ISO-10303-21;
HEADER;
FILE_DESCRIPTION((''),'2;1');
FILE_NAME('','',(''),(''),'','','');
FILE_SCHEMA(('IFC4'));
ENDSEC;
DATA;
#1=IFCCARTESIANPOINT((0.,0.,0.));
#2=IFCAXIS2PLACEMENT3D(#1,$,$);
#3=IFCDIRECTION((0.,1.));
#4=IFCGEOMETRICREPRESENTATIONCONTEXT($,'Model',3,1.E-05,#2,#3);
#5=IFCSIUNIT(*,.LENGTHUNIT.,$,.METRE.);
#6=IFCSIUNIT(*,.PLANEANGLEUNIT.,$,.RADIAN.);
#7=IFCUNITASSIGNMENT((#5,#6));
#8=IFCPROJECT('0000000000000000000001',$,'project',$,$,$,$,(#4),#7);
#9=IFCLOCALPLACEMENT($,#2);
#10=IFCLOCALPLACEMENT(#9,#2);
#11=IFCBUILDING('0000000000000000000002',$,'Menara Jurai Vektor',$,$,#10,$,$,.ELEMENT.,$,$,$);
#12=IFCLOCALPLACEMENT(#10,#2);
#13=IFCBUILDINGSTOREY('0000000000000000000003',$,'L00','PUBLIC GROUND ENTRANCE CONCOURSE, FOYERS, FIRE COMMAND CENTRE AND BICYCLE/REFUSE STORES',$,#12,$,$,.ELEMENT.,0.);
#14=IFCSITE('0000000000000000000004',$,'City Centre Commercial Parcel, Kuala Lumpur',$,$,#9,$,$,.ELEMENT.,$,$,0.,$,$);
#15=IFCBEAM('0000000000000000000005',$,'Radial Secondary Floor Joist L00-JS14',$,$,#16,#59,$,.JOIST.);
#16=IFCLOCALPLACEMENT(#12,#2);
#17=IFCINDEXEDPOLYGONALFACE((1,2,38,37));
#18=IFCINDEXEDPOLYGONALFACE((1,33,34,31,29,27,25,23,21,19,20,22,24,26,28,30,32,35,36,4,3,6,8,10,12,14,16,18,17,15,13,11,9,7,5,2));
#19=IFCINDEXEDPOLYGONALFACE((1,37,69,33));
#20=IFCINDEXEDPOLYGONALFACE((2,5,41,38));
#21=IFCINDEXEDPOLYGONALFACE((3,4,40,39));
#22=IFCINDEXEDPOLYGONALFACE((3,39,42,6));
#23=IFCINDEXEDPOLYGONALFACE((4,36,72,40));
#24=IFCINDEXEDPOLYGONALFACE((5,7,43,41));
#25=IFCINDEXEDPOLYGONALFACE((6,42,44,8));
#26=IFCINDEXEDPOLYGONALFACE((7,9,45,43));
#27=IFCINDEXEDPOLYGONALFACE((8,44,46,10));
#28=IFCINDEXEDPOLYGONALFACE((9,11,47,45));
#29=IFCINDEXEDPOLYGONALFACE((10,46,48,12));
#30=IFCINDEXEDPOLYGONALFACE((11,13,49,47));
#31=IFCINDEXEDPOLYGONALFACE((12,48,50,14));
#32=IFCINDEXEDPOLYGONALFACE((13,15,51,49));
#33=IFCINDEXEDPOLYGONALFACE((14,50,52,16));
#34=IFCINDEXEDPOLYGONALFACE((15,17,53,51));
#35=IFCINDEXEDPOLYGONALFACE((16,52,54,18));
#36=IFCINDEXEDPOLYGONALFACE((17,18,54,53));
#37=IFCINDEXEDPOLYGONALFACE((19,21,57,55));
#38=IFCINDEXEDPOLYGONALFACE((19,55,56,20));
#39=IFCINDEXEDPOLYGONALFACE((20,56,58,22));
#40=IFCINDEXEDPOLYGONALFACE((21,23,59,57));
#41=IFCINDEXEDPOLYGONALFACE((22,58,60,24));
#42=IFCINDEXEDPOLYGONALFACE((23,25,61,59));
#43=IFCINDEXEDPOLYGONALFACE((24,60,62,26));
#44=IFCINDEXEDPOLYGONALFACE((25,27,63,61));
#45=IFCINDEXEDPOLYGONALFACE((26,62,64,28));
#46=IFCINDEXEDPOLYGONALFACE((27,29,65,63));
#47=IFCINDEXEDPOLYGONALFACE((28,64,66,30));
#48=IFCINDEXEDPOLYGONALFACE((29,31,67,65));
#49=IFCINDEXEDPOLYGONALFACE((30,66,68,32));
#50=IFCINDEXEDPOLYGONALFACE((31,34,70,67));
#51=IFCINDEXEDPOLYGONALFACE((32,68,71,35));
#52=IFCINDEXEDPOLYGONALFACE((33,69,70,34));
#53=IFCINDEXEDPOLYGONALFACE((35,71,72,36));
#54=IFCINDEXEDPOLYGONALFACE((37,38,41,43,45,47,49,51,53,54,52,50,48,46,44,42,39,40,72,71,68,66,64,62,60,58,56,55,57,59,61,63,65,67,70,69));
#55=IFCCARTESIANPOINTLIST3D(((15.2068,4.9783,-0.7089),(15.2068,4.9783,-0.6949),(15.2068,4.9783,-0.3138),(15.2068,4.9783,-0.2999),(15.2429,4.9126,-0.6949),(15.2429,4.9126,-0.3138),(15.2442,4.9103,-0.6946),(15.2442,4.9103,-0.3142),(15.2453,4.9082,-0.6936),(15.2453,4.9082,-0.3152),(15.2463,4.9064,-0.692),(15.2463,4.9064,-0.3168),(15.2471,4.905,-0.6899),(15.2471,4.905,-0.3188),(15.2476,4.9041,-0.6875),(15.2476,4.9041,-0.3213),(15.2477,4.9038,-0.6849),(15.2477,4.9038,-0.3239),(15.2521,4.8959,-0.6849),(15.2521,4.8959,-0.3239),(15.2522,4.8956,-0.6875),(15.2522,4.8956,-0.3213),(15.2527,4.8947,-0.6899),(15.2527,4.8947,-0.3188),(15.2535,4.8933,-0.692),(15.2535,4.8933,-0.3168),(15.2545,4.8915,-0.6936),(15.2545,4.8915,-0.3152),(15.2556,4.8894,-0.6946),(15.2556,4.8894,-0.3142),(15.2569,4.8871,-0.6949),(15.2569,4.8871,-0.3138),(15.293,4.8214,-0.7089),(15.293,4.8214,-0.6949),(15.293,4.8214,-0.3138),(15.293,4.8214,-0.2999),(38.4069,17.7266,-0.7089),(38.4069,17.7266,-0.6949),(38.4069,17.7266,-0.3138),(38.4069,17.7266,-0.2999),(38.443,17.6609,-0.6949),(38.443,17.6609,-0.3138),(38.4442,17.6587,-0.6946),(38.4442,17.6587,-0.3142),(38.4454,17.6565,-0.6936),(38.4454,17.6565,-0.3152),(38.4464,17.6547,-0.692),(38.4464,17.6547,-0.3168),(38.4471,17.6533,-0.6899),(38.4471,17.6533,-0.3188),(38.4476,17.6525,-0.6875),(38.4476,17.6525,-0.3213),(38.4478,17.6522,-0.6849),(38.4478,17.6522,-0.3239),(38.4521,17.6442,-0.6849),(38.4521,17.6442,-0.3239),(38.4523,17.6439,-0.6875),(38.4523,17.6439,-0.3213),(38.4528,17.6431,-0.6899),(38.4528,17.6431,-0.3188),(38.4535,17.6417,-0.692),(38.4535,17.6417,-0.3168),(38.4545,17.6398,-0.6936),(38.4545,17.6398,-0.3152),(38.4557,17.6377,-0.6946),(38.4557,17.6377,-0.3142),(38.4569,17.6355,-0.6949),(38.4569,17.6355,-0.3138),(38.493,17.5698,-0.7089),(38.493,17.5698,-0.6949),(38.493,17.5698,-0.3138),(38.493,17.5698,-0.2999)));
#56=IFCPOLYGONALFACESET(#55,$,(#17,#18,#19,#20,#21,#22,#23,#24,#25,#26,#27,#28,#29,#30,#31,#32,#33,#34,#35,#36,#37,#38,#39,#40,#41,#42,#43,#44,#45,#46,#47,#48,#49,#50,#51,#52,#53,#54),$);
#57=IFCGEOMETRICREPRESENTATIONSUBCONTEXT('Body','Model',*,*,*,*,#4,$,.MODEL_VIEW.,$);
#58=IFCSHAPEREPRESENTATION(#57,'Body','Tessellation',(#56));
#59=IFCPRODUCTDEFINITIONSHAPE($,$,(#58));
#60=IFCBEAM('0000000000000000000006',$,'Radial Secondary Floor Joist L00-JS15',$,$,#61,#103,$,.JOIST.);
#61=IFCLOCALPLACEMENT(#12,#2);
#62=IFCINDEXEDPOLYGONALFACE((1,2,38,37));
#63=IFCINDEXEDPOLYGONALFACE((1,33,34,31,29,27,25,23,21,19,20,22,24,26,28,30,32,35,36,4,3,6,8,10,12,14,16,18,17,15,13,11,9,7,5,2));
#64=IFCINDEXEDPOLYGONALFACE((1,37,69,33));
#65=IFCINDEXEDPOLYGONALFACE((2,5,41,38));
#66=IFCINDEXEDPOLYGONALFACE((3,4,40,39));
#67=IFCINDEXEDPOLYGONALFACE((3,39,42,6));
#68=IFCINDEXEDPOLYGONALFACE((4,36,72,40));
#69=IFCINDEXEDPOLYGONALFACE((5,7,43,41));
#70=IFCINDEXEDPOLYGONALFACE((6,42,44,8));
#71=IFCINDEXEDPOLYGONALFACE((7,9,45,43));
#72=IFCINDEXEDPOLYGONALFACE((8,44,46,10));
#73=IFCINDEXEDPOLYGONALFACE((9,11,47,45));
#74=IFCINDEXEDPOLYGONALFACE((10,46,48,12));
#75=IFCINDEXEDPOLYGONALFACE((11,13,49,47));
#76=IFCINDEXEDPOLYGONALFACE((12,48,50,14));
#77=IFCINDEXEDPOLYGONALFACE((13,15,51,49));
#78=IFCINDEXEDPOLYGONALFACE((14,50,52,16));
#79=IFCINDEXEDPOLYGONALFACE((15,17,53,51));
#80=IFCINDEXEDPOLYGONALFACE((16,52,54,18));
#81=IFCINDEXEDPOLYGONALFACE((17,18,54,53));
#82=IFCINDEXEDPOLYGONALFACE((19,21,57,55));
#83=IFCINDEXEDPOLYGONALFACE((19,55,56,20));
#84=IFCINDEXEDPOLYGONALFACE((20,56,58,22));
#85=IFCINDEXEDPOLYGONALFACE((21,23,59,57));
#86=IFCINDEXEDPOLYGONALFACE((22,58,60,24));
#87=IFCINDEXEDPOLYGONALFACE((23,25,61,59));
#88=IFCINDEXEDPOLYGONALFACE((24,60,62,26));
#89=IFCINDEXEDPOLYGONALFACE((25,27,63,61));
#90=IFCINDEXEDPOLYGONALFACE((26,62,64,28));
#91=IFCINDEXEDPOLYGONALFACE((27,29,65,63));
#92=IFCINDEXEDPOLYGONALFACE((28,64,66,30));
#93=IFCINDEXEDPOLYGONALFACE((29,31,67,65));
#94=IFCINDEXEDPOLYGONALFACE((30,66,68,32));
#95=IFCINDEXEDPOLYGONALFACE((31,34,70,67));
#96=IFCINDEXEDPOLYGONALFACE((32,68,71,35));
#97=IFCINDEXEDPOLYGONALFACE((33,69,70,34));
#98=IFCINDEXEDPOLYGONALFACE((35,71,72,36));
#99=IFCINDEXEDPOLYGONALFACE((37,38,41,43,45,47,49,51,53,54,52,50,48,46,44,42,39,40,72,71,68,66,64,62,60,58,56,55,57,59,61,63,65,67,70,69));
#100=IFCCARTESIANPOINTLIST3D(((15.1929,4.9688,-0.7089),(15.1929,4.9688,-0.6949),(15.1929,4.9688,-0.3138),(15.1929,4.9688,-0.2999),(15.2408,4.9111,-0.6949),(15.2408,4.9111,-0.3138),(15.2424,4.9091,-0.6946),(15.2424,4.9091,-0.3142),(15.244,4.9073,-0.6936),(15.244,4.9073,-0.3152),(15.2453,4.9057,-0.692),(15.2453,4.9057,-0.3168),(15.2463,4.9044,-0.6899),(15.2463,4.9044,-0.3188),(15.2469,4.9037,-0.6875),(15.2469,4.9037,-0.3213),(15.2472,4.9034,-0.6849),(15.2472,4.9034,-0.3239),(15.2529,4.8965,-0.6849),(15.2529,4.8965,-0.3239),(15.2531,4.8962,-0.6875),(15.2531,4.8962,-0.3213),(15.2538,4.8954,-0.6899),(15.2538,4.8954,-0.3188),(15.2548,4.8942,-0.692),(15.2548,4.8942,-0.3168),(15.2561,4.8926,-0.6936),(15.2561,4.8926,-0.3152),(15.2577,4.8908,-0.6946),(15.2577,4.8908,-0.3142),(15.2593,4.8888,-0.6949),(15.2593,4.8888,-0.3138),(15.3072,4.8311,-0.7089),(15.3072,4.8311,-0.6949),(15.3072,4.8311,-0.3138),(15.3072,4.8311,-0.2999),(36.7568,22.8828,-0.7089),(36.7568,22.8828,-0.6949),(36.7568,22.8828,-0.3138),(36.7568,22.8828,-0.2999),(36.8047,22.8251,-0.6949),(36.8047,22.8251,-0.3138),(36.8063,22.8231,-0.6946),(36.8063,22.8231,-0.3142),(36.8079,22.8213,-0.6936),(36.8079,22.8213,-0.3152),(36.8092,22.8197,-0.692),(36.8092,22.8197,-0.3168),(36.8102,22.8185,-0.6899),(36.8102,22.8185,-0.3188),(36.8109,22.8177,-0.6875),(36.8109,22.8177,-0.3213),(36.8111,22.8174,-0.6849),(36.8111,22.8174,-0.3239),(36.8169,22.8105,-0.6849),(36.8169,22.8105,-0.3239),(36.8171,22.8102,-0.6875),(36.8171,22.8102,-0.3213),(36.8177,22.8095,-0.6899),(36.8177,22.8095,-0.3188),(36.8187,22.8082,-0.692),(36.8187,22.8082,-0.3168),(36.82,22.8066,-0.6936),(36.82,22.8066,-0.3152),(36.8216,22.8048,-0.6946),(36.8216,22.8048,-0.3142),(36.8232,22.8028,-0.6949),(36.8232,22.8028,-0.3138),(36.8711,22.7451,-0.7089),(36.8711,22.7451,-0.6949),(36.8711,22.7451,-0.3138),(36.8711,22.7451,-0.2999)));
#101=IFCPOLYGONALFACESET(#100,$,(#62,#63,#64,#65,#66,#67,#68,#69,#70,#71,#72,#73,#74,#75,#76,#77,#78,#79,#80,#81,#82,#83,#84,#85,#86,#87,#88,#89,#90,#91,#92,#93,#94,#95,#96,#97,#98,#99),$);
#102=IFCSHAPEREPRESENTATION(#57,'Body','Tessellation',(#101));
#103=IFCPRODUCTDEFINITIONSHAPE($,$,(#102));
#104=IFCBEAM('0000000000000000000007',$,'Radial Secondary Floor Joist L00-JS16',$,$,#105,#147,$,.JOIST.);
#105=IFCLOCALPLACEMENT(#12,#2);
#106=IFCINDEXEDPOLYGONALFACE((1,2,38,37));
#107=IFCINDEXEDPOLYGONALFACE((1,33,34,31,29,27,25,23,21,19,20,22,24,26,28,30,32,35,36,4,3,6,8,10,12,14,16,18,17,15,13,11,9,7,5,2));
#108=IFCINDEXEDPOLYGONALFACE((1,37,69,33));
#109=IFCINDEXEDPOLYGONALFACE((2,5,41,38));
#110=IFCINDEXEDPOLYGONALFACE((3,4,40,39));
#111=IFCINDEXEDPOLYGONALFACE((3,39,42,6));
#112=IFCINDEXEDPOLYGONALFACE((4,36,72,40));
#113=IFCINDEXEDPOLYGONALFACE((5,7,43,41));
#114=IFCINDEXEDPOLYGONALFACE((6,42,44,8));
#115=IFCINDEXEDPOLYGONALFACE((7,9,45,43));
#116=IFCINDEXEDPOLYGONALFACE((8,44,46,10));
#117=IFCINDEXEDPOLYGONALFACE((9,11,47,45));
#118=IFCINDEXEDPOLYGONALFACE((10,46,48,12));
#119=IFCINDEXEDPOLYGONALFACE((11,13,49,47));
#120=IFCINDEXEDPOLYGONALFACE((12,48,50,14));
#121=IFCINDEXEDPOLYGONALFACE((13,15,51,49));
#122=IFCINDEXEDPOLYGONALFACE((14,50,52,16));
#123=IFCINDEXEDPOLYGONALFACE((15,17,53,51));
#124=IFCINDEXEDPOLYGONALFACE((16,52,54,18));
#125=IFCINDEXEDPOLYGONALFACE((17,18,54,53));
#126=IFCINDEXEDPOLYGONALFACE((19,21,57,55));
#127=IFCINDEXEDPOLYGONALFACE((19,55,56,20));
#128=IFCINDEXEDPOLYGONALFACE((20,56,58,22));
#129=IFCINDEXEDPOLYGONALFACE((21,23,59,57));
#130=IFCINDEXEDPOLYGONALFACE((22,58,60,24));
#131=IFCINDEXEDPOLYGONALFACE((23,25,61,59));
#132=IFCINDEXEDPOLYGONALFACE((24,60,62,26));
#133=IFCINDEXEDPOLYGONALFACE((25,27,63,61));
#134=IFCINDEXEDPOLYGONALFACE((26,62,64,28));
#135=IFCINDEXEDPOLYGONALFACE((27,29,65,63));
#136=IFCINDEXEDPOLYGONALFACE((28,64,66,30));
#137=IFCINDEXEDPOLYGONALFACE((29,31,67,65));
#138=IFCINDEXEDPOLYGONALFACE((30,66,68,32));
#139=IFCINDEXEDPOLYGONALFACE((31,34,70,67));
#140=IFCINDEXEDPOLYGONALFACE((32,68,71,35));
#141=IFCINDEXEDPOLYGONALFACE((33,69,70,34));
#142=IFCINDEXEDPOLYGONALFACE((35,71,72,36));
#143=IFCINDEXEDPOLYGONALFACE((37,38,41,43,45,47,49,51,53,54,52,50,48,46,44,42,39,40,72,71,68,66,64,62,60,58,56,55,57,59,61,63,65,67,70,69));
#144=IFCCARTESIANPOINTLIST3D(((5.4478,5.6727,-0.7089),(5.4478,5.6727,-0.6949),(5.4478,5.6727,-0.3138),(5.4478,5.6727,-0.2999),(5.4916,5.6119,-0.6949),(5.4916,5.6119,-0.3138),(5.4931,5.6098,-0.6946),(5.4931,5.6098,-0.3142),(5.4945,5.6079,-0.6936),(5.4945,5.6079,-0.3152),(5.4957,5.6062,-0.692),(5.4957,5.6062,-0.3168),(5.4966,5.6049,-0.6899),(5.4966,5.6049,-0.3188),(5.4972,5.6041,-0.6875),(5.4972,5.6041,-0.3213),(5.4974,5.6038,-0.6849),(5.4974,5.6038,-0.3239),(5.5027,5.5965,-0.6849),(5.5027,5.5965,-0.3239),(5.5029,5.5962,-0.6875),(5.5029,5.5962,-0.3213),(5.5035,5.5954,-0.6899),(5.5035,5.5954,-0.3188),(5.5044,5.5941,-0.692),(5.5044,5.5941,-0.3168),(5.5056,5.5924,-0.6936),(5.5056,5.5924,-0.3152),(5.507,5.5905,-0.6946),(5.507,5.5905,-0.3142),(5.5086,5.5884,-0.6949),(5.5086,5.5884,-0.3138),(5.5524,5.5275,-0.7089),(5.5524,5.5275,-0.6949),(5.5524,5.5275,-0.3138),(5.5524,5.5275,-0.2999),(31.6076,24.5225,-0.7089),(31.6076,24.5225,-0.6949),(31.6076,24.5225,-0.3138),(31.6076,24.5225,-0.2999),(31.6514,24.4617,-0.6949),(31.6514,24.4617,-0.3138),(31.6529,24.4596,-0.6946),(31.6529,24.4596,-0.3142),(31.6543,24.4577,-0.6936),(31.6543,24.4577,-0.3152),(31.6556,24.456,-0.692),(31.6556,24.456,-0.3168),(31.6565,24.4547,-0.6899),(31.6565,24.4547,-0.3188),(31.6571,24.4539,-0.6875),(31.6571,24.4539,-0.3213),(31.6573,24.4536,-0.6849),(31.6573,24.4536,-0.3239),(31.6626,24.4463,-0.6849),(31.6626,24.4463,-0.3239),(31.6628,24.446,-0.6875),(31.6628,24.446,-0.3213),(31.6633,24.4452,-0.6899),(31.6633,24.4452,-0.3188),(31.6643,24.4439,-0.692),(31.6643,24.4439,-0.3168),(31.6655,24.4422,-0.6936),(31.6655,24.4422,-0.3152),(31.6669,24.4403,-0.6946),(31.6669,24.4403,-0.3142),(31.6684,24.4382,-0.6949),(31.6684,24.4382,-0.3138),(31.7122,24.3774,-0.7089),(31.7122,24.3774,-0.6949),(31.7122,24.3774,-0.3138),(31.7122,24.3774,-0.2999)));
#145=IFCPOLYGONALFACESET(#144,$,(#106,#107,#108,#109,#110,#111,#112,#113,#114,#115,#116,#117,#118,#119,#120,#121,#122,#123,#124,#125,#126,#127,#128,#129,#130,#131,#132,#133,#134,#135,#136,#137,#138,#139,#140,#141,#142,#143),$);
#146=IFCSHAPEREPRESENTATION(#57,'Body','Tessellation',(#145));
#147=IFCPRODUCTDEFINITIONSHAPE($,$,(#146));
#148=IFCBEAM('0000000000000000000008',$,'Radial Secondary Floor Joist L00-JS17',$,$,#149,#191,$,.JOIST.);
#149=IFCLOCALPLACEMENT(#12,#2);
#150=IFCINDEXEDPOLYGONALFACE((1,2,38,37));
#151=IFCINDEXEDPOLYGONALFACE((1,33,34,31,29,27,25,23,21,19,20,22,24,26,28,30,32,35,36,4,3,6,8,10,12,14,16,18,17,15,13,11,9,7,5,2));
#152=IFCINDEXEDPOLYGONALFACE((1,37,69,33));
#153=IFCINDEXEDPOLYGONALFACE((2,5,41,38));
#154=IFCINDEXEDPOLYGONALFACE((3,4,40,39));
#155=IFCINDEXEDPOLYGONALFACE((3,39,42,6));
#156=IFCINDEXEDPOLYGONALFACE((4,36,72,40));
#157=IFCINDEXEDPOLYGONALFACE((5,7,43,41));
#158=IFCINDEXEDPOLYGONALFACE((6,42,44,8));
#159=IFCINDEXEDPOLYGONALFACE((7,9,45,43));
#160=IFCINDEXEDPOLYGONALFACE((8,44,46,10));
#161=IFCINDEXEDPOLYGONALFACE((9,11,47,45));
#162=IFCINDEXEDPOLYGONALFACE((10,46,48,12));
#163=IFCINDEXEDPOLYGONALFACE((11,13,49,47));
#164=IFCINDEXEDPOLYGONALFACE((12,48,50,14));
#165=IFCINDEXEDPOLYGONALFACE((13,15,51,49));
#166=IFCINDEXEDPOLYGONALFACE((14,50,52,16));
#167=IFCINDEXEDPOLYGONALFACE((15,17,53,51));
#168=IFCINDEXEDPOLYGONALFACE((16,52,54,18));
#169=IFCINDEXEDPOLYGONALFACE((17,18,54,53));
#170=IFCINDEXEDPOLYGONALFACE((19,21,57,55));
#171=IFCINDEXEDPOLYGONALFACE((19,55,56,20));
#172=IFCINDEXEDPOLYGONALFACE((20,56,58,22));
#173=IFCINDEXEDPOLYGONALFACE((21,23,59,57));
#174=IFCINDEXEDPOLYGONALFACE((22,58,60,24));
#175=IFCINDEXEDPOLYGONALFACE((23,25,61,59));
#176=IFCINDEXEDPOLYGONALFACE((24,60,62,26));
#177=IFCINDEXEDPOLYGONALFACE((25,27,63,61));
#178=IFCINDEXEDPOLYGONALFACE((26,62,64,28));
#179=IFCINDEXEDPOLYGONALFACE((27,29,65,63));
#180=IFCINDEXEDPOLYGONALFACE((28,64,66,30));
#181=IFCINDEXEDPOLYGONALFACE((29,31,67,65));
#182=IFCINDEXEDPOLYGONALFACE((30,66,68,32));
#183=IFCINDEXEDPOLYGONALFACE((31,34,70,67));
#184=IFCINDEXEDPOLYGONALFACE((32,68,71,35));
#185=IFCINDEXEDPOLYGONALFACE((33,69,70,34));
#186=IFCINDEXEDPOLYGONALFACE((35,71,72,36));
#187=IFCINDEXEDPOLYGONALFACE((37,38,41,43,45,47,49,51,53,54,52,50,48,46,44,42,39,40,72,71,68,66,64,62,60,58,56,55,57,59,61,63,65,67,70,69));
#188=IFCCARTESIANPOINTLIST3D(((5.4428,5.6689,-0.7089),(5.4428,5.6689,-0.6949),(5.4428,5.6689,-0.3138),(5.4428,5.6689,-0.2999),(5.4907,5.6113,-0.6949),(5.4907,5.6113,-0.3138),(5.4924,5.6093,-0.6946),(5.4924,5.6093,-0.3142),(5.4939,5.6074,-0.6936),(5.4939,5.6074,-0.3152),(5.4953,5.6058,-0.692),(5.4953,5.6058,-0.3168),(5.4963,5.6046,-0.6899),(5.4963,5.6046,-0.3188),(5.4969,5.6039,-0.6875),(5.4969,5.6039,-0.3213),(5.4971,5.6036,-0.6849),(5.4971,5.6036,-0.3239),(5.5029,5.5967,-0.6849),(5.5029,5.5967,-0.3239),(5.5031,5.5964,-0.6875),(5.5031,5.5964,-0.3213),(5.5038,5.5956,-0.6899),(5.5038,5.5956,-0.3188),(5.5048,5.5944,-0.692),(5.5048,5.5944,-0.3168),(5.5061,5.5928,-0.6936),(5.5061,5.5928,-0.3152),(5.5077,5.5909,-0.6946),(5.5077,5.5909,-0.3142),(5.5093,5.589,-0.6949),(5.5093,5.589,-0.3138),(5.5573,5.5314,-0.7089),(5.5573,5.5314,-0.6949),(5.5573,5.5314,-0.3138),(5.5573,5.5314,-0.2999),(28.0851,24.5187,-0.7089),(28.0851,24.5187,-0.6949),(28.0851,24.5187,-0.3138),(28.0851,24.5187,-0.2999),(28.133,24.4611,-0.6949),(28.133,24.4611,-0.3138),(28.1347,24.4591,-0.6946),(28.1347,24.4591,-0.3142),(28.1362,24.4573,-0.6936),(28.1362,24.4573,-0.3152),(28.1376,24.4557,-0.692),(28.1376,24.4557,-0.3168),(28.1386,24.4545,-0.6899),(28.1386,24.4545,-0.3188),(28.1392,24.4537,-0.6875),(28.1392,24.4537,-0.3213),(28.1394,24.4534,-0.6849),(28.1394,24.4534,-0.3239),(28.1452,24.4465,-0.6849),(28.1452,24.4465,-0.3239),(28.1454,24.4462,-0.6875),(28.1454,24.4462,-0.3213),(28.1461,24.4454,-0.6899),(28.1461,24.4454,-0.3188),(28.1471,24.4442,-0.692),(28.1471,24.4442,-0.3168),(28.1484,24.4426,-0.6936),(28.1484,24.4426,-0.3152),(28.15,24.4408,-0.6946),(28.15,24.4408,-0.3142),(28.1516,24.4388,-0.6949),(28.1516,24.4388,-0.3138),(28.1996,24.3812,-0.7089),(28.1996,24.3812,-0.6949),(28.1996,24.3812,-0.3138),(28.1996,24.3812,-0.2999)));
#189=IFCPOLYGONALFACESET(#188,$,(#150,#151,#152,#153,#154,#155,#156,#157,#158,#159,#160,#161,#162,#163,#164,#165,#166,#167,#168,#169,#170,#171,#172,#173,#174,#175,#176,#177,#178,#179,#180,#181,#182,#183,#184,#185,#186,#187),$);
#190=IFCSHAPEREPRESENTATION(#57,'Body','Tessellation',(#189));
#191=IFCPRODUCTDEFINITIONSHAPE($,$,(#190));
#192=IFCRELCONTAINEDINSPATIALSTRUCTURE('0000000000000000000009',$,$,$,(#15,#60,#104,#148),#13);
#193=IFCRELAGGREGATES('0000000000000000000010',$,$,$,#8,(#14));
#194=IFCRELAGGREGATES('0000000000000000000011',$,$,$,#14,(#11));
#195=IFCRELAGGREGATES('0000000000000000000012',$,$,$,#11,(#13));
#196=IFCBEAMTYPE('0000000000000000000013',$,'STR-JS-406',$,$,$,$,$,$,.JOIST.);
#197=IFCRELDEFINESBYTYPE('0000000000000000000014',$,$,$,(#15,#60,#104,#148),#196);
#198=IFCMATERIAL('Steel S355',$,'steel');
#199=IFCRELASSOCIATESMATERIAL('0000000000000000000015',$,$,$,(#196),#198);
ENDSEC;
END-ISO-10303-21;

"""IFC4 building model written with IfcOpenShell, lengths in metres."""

from ifc_helpers import new_model, si_unit, direction, frame, origin, origin_2d, place, context, subcontext, project, spatial, i_section, extrude, material, material_profile, profile_set, type_object, element, save


model = new_model("IFC4")

# Units and contexts
model_context = context("Model", 3, precision=1e-05, world=origin(), true_north=direction((0.0, 1.0)))
body_context = subcontext(model_context, "Body", "Model", "MODEL_VIEW")
ifc_project = project(units=[si_unit("LENGTHUNIT", "METRE"), si_unit("PLANEANGLEUNIT", "RADIAN")], contexts=[model_context])

# Site, building, storey
site_placement = place(None, origin())
site = spatial("IfcSite", under=ifc_project, at=site_placement, Name="City Centre Commercial Parcel, Kuala Lumpur", CompositionType="ELEMENT", RefElevation=0.0)
building_placement = place(site_placement, origin())
building = spatial("IfcBuilding", under=site, at=building_placement, Name="Menara Jurai Vektor", CompositionType="ELEMENT")
storey_placement = place(building_placement, origin())
storey = spatial("IfcBuildingStorey", under=building, at=storey_placement, Name="L00", Description="PUBLIC GROUND ENTRANCE CONCOURSE, FOYERS, FIRE COMMAND CENTRE AND BICYCLE/REFUSE STORES", CompositionType="ELEMENT", Elevation=0.0)

# Shared definitions
ifc_material_1 = material(Name="Steel S355", Category="steel")

# Beams
ifc_material_profile_1 = material_profile(ifc_material_1, i_section(OverallWidth=0.179, OverallDepth=0.4089, WebThickness=0.009, FlangeThickness=0.0139, FilletRadius=0.01, at=origin_2d()), Name="UKB 406x178x67")
ifc_profile_set_1 = profile_set([ifc_material_profile_1], Name="Steel S355")
beam_type_1 = type_object("IfcBeamType", Name="STR-JS-406", PredefinedType="JOIST", material=ifc_profile_set_1)
beam_1_placement = place(storey_placement, frame((38.45, 17.6482, -0.5044), z_axis=(-0.876402, -0.48158, 0.0), x_axis=(0.48158, -0.876402, 0.0)))
element("IfcBeam", 1, at=beam_1_placement, inside=storey, type_object=beam_type_1, Name="Radial Secondary Floor Joist L00-JS14", PredefinedType="JOIST", context=body_context, shape_type="SweptSolid", body=[
    extrude(i_section(OverallWidth=0.179, OverallDepth=0.4089, WebThickness=0.009, FlangeThickness=0.0139, FilletRadius=0.01, at=origin_2d()), origin(), (0.0, 0.0, 1.0), 26.4719),
])
beam_2_placement = place(storey_placement, frame((36.814, 22.814, -0.5044), z_axis=(-0.769201, -0.639007, 0.0), x_axis=(0.639007, -0.769201, 0.0)))
element("IfcBeam", 2, at=beam_2_placement, inside=storey, type_object=beam_type_1, Name="Radial Secondary Floor Joist L00-JS15", PredefinedType="JOIST", context=body_context, shape_type="SweptSolid", body=[
    extrude(i_section(OverallWidth=0.179, OverallDepth=0.4089, WebThickness=0.009, FlangeThickness=0.0139, FilletRadius=0.01, at=origin_2d()), origin(), (0.0, 0.0, 1.0), 28.0342),
])
beam_3_placement = place(storey_placement, frame((31.6599, 24.45, -0.5044), z_axis=(-0.811318, -0.584605, 0.0), x_axis=(0.584605, -0.811318, 0.0)))
element("IfcBeam", 3, at=beam_3_placement, inside=storey, type_object=beam_type_1, Name="Radial Secondary Floor Joist L00-JS16", PredefinedType="JOIST", context=body_context, shape_type="SweptSolid", body=[
    extrude(i_section(OverallWidth=0.179, OverallDepth=0.4089, WebThickness=0.009, FlangeThickness=0.0139, FilletRadius=0.01, at=origin_2d()), origin(), (0.0, 0.0, 1.0), 32.2437),
])
beam_4_placement = place(storey_placement, frame((28.1423, 24.45, -0.5044), z_axis=(-0.768534, -0.639809, 0.0), x_axis=(0.639809, -0.768534, 0.0)))
element("IfcBeam", 4, at=beam_4_placement, inside=storey, type_object=beam_type_1, Name="Radial Secondary Floor Joist L00-JS17", PredefinedType="JOIST", context=body_context, shape_type="SweptSolid", body=[
    extrude(i_section(OverallWidth=0.179, OverallDepth=0.4089, WebThickness=0.009, FlangeThickness=0.0139, FilletRadius=0.01, at=origin_2d()), origin(), (0.0, 0.0, 1.0), 29.4617),
])

save(model, "model.ifc")
